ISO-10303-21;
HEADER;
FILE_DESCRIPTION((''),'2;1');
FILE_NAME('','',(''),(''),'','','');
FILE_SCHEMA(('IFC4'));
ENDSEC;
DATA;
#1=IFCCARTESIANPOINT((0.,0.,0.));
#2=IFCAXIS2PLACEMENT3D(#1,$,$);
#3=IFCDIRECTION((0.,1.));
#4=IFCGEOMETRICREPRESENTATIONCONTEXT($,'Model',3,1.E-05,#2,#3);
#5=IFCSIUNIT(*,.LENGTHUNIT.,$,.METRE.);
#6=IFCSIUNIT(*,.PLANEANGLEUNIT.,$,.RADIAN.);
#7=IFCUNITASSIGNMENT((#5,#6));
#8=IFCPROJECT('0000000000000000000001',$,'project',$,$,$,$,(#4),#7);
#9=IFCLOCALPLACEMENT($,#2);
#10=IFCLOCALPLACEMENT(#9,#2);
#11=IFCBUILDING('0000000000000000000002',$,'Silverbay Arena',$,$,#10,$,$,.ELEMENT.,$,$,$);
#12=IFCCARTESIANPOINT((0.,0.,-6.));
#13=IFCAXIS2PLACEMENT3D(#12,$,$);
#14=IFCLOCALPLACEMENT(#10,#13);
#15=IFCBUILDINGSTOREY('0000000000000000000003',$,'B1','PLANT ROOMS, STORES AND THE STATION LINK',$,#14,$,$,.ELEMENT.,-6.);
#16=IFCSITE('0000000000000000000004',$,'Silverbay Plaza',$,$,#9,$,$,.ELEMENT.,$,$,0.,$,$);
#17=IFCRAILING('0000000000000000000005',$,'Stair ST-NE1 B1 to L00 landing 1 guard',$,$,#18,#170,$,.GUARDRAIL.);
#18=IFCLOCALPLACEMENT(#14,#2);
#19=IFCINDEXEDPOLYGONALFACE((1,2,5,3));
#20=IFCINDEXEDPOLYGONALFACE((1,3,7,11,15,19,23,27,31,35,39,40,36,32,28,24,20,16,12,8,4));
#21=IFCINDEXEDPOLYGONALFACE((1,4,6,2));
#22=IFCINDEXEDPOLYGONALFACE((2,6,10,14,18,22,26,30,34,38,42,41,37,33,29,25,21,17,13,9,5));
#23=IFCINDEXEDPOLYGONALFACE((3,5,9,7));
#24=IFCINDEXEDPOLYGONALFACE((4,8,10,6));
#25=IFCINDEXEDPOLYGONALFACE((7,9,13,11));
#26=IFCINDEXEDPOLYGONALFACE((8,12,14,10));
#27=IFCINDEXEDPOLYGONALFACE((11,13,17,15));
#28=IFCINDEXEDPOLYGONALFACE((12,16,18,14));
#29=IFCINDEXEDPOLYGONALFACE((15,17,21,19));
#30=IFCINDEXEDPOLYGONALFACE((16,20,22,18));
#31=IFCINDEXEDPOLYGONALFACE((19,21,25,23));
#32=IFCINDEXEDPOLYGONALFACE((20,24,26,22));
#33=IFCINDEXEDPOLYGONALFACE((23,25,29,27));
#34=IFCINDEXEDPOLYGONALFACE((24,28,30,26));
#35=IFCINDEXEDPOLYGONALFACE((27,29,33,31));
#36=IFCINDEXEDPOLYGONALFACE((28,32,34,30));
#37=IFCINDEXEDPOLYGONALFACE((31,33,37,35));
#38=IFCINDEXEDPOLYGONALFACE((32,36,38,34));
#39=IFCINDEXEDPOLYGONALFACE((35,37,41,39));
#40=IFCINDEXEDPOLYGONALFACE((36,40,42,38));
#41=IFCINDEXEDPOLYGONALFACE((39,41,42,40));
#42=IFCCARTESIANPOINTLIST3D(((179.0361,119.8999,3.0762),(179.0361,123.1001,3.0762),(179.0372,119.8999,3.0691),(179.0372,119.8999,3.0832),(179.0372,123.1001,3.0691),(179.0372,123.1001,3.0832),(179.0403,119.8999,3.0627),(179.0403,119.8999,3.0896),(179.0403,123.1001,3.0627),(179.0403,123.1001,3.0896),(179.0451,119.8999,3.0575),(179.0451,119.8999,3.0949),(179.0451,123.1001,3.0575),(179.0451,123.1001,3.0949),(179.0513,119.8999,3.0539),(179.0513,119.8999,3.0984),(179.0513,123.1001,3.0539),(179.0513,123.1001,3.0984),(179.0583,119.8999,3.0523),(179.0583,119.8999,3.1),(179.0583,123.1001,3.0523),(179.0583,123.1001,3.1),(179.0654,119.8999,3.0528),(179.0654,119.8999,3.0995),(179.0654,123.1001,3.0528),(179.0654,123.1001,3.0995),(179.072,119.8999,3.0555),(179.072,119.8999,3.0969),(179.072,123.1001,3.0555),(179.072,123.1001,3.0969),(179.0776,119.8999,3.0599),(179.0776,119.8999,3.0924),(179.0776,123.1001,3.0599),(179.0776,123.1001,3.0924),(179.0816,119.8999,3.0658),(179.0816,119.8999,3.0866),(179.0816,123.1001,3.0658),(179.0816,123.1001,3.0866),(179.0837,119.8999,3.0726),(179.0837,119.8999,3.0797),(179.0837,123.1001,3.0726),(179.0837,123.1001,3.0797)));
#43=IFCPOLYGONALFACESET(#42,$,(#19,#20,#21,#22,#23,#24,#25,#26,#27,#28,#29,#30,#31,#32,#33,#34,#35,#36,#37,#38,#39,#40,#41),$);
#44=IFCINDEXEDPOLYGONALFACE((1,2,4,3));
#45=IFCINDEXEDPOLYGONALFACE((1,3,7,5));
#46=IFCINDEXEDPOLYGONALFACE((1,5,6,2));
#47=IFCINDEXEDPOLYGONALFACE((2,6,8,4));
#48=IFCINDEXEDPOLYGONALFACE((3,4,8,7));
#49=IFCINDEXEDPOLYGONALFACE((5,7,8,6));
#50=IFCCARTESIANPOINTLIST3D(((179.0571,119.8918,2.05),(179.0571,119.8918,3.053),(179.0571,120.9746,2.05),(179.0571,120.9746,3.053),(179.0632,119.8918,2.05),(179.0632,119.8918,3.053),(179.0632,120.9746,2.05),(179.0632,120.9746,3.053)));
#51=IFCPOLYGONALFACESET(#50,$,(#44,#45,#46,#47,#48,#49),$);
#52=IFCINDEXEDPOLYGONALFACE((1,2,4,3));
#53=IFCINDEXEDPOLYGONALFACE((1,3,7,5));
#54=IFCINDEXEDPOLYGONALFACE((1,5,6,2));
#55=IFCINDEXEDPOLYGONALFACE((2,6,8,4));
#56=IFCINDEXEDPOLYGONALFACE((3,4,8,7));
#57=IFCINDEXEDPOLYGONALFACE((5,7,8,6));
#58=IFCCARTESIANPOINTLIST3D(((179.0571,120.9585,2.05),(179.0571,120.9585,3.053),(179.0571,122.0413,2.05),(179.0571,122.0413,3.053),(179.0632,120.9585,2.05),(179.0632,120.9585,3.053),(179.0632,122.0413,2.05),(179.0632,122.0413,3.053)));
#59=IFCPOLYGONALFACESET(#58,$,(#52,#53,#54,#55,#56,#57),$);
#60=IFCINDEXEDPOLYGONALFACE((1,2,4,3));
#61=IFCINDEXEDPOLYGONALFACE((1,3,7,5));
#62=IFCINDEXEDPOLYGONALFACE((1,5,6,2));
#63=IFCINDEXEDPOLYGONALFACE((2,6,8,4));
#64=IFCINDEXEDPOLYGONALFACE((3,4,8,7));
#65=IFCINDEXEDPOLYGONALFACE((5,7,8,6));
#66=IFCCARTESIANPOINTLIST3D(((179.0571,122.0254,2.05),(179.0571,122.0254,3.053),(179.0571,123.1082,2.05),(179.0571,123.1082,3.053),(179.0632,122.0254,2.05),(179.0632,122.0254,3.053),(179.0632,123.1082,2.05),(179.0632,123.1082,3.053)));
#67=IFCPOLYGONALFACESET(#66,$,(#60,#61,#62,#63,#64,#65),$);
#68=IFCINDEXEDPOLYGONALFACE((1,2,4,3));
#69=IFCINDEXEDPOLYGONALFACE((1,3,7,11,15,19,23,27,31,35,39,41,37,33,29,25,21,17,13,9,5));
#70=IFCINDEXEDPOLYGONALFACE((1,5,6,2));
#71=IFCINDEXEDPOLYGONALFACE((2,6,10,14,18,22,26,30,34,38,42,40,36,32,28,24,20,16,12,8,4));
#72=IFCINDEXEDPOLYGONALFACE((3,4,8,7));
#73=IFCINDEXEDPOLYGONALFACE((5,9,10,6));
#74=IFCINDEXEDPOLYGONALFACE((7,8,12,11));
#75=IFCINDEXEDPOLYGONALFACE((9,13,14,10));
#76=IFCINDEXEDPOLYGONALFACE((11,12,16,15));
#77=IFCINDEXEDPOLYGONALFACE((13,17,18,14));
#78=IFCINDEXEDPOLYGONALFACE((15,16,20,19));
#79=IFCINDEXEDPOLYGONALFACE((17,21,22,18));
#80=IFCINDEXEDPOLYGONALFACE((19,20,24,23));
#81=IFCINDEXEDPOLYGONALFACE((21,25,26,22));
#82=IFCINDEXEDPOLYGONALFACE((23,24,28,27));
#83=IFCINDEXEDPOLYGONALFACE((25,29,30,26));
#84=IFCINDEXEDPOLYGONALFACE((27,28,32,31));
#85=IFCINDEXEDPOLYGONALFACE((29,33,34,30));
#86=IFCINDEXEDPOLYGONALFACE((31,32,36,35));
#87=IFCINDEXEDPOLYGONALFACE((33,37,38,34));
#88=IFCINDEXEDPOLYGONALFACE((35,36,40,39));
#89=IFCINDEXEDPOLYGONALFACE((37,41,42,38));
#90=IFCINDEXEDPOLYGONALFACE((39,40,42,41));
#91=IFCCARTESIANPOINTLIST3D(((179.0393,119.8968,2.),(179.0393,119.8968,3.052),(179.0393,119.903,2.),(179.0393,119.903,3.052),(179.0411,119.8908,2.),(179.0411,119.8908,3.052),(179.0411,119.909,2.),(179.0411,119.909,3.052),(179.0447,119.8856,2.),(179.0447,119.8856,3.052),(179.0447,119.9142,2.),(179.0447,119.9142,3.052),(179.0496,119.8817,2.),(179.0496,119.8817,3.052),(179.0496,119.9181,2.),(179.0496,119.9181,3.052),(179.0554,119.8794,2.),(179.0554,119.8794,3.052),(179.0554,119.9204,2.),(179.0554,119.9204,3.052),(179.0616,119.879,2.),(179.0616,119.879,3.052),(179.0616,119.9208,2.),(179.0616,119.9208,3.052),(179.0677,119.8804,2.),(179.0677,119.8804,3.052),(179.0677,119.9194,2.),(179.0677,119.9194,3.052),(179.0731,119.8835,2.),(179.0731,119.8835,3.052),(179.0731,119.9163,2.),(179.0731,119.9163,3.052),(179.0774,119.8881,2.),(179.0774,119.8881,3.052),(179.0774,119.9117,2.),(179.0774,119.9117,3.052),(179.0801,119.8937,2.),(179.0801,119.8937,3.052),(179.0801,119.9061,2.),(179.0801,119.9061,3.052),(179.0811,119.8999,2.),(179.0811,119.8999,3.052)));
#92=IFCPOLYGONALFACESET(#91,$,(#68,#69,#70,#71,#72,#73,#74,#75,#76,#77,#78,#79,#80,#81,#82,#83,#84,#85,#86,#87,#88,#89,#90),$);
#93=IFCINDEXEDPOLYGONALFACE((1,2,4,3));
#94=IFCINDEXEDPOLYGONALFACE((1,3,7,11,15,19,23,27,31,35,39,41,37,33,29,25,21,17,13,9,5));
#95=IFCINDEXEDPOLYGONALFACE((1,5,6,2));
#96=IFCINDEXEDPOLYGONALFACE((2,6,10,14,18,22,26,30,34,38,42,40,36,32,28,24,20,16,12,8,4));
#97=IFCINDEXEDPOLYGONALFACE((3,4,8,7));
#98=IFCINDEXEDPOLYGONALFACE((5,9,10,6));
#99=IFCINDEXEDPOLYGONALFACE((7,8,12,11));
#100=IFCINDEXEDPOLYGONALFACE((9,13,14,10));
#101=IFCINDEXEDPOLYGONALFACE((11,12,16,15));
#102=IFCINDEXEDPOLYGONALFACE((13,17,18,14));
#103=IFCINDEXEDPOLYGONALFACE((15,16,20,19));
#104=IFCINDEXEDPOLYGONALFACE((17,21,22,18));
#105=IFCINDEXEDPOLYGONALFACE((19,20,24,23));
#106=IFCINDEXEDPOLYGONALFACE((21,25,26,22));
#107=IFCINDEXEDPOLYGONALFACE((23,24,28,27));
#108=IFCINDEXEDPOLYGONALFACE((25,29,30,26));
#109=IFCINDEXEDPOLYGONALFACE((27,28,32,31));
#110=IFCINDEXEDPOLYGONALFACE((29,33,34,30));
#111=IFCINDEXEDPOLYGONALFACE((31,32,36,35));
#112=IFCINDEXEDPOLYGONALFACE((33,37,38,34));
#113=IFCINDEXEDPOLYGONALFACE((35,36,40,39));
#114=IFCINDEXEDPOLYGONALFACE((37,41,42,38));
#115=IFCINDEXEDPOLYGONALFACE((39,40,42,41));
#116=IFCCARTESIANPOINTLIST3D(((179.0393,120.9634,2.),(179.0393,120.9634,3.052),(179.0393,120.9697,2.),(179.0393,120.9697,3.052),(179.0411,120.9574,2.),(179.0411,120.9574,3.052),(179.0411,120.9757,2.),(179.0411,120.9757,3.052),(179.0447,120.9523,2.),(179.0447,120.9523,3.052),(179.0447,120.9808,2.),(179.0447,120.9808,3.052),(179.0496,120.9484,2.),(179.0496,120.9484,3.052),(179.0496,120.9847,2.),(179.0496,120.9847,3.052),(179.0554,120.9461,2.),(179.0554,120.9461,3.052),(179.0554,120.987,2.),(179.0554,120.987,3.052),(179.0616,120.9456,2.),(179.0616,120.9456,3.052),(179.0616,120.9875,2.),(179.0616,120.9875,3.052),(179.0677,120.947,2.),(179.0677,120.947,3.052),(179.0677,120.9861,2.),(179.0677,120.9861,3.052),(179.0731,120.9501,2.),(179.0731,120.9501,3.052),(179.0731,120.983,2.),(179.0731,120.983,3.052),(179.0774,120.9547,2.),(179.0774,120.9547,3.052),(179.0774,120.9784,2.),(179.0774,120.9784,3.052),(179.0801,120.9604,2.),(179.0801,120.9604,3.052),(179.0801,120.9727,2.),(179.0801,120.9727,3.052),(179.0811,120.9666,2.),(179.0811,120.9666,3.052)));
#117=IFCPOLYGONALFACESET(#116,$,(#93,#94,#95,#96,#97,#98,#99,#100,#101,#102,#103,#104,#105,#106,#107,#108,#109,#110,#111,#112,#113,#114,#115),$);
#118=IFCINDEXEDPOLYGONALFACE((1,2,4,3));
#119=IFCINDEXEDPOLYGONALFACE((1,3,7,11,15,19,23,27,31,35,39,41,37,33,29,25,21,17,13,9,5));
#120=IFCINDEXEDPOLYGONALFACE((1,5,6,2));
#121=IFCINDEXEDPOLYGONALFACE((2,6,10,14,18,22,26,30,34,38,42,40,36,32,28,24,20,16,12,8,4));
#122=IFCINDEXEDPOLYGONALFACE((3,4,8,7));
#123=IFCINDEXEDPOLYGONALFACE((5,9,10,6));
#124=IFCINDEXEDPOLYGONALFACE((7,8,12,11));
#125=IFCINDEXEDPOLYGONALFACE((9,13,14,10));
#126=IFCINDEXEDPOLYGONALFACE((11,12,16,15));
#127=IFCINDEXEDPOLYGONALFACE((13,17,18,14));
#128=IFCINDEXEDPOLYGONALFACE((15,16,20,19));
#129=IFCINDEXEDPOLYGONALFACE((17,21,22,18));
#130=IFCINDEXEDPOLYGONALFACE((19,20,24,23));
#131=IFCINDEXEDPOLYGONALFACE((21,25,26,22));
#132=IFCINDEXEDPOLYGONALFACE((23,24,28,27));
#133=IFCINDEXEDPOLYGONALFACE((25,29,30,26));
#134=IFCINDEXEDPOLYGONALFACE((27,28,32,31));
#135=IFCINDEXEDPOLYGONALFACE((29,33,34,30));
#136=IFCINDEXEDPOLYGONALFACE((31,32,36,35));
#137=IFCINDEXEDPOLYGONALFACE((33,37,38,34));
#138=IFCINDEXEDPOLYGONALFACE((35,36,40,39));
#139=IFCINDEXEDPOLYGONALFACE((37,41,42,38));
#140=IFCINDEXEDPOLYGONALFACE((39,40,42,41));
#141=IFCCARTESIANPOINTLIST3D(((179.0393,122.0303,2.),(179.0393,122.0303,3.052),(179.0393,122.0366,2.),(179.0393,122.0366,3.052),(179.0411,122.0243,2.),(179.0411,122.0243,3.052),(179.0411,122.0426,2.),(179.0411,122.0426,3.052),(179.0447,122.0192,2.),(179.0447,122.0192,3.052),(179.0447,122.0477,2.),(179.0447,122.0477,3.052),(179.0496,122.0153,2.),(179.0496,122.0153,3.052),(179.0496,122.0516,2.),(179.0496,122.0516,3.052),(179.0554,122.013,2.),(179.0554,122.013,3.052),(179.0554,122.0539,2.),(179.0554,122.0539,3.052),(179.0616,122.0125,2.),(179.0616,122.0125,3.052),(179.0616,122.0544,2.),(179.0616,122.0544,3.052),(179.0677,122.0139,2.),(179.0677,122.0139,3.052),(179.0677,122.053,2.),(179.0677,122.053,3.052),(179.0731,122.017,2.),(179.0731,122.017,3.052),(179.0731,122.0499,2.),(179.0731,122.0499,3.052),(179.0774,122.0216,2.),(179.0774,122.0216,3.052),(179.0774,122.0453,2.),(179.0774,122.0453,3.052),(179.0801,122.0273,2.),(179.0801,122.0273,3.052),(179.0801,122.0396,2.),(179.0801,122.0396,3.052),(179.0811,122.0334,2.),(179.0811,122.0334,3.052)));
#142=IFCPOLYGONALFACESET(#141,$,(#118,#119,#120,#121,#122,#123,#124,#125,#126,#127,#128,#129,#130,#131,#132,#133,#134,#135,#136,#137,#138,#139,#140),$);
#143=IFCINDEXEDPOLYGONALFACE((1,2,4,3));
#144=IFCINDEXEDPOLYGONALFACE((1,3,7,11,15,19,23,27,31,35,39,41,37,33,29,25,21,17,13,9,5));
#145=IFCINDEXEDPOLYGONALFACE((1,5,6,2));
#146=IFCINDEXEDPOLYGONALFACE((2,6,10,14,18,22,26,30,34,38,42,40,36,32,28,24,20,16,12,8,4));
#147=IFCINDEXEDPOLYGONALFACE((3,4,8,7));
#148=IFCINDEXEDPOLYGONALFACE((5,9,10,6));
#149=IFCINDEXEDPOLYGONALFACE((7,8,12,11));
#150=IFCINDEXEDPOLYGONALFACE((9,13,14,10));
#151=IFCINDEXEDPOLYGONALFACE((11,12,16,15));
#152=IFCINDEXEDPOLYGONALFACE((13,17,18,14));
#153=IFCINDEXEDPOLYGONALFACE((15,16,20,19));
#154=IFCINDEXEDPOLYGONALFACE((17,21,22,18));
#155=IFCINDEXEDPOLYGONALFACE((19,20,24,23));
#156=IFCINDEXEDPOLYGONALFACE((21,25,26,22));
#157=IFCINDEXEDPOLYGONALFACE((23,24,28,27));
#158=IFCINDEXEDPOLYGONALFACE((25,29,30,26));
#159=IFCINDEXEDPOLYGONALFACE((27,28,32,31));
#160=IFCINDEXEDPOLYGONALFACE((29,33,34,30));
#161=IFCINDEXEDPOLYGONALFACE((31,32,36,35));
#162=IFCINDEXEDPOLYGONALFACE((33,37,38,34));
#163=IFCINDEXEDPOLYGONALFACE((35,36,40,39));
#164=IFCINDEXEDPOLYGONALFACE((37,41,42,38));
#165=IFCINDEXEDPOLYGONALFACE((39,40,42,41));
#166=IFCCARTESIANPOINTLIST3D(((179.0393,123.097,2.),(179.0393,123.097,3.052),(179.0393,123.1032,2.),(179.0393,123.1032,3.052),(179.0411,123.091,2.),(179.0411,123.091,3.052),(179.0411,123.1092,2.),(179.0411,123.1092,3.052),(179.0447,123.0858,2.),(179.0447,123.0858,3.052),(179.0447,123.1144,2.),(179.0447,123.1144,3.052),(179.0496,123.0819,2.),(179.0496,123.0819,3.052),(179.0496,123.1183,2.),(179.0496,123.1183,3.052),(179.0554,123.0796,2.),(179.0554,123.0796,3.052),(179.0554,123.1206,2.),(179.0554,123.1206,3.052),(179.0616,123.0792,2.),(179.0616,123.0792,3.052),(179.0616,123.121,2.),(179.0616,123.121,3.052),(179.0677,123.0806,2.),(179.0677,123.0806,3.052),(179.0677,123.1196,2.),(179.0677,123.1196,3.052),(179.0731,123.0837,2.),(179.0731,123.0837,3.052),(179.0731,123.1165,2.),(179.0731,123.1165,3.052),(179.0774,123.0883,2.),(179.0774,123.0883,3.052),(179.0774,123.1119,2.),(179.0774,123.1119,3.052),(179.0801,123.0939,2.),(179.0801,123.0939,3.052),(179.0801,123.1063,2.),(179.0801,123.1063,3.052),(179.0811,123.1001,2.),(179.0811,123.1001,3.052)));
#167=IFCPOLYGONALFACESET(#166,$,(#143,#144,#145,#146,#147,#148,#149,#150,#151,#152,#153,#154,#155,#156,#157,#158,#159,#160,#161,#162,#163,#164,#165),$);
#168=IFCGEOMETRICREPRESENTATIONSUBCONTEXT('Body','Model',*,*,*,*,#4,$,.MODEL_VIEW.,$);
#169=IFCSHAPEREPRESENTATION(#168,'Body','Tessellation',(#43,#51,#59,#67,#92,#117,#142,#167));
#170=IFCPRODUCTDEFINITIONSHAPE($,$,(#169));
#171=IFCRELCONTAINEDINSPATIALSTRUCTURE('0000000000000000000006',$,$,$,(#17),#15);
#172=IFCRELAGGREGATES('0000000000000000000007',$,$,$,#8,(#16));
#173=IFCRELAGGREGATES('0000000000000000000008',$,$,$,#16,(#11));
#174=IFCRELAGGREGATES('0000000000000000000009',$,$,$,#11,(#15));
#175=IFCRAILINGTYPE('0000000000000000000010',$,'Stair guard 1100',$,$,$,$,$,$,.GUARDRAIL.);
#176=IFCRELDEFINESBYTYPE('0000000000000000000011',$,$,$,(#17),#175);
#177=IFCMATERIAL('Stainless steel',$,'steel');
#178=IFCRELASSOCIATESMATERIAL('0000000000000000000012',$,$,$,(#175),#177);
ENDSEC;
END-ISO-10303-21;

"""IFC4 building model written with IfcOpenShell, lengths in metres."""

from ifc_helpers import new_model, si_unit, direction, frame, origin, origin_2d, place, context, subcontext, project, spatial, polyline, circle, outline, extrude, material, type_object, element, save


model = new_model("IFC4")

# Units and contexts
model_context = context("Model", 3, precision=1e-05, world=origin(), true_north=direction((0.0, 1.0)))
body_context = subcontext(model_context, "Body", "Model", "MODEL_VIEW")
ifc_project = project(units=[si_unit("LENGTHUNIT", "METRE"), si_unit("PLANEANGLEUNIT", "RADIAN")], contexts=[model_context])

# Site, building, storey
site_placement = place(None, origin())
site = spatial("IfcSite", under=ifc_project, at=site_placement, Name="Silverbay Plaza", CompositionType="ELEMENT", RefElevation=0.0)
building_placement = place(site_placement, origin())
building = spatial("IfcBuilding", under=site, at=building_placement, Name="Silverbay Arena", CompositionType="ELEMENT")
storey_placement = place(building_placement, frame((0.0, 0.0, -6.0)))
storey = spatial("IfcBuildingStorey", under=building, at=storey_placement, Name="B1", Description="PLANT ROOMS, STORES AND THE STATION LINK", CompositionType="ELEMENT", Elevation=-6.0)

# Railing
ifc_material_1 = material(Name="Stainless steel", Category="steel")
railing_type_1 = type_object("IfcRailingType", Name="Stair guard 1100", PredefinedType="GUARDRAIL", material=ifc_material_1)
for number, where, name in (
    (1, (179.0601, 119.8999, 2.0), "Stair ST-NE1 B1 to L00 landing 1 guard"),
):
    element("IfcRailing", number, at=place(storey_placement, frame(where)), inside=storey, type_object=railing_type_1, Name=name, PredefinedType="GUARDRAIL", context=body_context, shape_type="SweptSolid", body=[
        extrude(circle(Radius=0.0239, at=origin_2d()), frame((0.0, 0.0, 1.0762), z_axis=(0.0, 1.0, 0.0), x_axis=(-1.0, 0.0, 0.0)), (0.0, 0.0, 1.0), 3.2002),
        extrude(outline(polyline([(-0.0081, 0.05), (1.0747, 0.05), (1.0747, 1.053), (-0.0081, 1.053), (-0.0081, 0.05)])), frame((-0.0029, 0.0, 0.0), z_axis=(1.0, 0.0, 0.0), x_axis=(0.0, 1.0, 0.0)), (0.0, 0.0, 1.0), 0.0061),
        extrude(outline(polyline([(-0.0081, 0.05), (1.0747, 0.05), (1.0747, 1.053), (-0.0081, 1.053), (-0.0081, 0.05)])), frame((-0.0029, 1.0667, 0.0), z_axis=(1.0, 0.0, 0.0), x_axis=(0.0, 1.0, 0.0)), (0.0, 0.0, 1.0), 0.0061),
        extrude(outline(polyline([(-0.0081, 0.05), (1.0747, 0.05), (1.0747, 1.053), (-0.0081, 1.053), (-0.0081, 0.05)])), frame((-0.0029, 2.1335, 0.0), z_axis=(1.0, 0.0, 0.0), x_axis=(0.0, 1.0, 0.0)), (0.0, 0.0, 1.0), 0.0061),
        extrude(circle(Radius=0.021, at=origin_2d()), origin(), (0.0, 0.0, 1.0), 1.052),
        extrude(circle(Radius=0.021, at=origin_2d()), frame((0.0, 1.0667, 0.0)), (0.0, 0.0, 1.0), 1.052),
        extrude(circle(Radius=0.021, at=origin_2d()), frame((0.0, 2.1335, 0.0)), (0.0, 0.0, 1.0), 1.052),
        extrude(circle(Radius=0.021, at=origin_2d()), frame((0.0, 3.2002, 0.0)), (0.0, 0.0, 1.0), 1.052),
    ])

save(model, "model.ifc")
